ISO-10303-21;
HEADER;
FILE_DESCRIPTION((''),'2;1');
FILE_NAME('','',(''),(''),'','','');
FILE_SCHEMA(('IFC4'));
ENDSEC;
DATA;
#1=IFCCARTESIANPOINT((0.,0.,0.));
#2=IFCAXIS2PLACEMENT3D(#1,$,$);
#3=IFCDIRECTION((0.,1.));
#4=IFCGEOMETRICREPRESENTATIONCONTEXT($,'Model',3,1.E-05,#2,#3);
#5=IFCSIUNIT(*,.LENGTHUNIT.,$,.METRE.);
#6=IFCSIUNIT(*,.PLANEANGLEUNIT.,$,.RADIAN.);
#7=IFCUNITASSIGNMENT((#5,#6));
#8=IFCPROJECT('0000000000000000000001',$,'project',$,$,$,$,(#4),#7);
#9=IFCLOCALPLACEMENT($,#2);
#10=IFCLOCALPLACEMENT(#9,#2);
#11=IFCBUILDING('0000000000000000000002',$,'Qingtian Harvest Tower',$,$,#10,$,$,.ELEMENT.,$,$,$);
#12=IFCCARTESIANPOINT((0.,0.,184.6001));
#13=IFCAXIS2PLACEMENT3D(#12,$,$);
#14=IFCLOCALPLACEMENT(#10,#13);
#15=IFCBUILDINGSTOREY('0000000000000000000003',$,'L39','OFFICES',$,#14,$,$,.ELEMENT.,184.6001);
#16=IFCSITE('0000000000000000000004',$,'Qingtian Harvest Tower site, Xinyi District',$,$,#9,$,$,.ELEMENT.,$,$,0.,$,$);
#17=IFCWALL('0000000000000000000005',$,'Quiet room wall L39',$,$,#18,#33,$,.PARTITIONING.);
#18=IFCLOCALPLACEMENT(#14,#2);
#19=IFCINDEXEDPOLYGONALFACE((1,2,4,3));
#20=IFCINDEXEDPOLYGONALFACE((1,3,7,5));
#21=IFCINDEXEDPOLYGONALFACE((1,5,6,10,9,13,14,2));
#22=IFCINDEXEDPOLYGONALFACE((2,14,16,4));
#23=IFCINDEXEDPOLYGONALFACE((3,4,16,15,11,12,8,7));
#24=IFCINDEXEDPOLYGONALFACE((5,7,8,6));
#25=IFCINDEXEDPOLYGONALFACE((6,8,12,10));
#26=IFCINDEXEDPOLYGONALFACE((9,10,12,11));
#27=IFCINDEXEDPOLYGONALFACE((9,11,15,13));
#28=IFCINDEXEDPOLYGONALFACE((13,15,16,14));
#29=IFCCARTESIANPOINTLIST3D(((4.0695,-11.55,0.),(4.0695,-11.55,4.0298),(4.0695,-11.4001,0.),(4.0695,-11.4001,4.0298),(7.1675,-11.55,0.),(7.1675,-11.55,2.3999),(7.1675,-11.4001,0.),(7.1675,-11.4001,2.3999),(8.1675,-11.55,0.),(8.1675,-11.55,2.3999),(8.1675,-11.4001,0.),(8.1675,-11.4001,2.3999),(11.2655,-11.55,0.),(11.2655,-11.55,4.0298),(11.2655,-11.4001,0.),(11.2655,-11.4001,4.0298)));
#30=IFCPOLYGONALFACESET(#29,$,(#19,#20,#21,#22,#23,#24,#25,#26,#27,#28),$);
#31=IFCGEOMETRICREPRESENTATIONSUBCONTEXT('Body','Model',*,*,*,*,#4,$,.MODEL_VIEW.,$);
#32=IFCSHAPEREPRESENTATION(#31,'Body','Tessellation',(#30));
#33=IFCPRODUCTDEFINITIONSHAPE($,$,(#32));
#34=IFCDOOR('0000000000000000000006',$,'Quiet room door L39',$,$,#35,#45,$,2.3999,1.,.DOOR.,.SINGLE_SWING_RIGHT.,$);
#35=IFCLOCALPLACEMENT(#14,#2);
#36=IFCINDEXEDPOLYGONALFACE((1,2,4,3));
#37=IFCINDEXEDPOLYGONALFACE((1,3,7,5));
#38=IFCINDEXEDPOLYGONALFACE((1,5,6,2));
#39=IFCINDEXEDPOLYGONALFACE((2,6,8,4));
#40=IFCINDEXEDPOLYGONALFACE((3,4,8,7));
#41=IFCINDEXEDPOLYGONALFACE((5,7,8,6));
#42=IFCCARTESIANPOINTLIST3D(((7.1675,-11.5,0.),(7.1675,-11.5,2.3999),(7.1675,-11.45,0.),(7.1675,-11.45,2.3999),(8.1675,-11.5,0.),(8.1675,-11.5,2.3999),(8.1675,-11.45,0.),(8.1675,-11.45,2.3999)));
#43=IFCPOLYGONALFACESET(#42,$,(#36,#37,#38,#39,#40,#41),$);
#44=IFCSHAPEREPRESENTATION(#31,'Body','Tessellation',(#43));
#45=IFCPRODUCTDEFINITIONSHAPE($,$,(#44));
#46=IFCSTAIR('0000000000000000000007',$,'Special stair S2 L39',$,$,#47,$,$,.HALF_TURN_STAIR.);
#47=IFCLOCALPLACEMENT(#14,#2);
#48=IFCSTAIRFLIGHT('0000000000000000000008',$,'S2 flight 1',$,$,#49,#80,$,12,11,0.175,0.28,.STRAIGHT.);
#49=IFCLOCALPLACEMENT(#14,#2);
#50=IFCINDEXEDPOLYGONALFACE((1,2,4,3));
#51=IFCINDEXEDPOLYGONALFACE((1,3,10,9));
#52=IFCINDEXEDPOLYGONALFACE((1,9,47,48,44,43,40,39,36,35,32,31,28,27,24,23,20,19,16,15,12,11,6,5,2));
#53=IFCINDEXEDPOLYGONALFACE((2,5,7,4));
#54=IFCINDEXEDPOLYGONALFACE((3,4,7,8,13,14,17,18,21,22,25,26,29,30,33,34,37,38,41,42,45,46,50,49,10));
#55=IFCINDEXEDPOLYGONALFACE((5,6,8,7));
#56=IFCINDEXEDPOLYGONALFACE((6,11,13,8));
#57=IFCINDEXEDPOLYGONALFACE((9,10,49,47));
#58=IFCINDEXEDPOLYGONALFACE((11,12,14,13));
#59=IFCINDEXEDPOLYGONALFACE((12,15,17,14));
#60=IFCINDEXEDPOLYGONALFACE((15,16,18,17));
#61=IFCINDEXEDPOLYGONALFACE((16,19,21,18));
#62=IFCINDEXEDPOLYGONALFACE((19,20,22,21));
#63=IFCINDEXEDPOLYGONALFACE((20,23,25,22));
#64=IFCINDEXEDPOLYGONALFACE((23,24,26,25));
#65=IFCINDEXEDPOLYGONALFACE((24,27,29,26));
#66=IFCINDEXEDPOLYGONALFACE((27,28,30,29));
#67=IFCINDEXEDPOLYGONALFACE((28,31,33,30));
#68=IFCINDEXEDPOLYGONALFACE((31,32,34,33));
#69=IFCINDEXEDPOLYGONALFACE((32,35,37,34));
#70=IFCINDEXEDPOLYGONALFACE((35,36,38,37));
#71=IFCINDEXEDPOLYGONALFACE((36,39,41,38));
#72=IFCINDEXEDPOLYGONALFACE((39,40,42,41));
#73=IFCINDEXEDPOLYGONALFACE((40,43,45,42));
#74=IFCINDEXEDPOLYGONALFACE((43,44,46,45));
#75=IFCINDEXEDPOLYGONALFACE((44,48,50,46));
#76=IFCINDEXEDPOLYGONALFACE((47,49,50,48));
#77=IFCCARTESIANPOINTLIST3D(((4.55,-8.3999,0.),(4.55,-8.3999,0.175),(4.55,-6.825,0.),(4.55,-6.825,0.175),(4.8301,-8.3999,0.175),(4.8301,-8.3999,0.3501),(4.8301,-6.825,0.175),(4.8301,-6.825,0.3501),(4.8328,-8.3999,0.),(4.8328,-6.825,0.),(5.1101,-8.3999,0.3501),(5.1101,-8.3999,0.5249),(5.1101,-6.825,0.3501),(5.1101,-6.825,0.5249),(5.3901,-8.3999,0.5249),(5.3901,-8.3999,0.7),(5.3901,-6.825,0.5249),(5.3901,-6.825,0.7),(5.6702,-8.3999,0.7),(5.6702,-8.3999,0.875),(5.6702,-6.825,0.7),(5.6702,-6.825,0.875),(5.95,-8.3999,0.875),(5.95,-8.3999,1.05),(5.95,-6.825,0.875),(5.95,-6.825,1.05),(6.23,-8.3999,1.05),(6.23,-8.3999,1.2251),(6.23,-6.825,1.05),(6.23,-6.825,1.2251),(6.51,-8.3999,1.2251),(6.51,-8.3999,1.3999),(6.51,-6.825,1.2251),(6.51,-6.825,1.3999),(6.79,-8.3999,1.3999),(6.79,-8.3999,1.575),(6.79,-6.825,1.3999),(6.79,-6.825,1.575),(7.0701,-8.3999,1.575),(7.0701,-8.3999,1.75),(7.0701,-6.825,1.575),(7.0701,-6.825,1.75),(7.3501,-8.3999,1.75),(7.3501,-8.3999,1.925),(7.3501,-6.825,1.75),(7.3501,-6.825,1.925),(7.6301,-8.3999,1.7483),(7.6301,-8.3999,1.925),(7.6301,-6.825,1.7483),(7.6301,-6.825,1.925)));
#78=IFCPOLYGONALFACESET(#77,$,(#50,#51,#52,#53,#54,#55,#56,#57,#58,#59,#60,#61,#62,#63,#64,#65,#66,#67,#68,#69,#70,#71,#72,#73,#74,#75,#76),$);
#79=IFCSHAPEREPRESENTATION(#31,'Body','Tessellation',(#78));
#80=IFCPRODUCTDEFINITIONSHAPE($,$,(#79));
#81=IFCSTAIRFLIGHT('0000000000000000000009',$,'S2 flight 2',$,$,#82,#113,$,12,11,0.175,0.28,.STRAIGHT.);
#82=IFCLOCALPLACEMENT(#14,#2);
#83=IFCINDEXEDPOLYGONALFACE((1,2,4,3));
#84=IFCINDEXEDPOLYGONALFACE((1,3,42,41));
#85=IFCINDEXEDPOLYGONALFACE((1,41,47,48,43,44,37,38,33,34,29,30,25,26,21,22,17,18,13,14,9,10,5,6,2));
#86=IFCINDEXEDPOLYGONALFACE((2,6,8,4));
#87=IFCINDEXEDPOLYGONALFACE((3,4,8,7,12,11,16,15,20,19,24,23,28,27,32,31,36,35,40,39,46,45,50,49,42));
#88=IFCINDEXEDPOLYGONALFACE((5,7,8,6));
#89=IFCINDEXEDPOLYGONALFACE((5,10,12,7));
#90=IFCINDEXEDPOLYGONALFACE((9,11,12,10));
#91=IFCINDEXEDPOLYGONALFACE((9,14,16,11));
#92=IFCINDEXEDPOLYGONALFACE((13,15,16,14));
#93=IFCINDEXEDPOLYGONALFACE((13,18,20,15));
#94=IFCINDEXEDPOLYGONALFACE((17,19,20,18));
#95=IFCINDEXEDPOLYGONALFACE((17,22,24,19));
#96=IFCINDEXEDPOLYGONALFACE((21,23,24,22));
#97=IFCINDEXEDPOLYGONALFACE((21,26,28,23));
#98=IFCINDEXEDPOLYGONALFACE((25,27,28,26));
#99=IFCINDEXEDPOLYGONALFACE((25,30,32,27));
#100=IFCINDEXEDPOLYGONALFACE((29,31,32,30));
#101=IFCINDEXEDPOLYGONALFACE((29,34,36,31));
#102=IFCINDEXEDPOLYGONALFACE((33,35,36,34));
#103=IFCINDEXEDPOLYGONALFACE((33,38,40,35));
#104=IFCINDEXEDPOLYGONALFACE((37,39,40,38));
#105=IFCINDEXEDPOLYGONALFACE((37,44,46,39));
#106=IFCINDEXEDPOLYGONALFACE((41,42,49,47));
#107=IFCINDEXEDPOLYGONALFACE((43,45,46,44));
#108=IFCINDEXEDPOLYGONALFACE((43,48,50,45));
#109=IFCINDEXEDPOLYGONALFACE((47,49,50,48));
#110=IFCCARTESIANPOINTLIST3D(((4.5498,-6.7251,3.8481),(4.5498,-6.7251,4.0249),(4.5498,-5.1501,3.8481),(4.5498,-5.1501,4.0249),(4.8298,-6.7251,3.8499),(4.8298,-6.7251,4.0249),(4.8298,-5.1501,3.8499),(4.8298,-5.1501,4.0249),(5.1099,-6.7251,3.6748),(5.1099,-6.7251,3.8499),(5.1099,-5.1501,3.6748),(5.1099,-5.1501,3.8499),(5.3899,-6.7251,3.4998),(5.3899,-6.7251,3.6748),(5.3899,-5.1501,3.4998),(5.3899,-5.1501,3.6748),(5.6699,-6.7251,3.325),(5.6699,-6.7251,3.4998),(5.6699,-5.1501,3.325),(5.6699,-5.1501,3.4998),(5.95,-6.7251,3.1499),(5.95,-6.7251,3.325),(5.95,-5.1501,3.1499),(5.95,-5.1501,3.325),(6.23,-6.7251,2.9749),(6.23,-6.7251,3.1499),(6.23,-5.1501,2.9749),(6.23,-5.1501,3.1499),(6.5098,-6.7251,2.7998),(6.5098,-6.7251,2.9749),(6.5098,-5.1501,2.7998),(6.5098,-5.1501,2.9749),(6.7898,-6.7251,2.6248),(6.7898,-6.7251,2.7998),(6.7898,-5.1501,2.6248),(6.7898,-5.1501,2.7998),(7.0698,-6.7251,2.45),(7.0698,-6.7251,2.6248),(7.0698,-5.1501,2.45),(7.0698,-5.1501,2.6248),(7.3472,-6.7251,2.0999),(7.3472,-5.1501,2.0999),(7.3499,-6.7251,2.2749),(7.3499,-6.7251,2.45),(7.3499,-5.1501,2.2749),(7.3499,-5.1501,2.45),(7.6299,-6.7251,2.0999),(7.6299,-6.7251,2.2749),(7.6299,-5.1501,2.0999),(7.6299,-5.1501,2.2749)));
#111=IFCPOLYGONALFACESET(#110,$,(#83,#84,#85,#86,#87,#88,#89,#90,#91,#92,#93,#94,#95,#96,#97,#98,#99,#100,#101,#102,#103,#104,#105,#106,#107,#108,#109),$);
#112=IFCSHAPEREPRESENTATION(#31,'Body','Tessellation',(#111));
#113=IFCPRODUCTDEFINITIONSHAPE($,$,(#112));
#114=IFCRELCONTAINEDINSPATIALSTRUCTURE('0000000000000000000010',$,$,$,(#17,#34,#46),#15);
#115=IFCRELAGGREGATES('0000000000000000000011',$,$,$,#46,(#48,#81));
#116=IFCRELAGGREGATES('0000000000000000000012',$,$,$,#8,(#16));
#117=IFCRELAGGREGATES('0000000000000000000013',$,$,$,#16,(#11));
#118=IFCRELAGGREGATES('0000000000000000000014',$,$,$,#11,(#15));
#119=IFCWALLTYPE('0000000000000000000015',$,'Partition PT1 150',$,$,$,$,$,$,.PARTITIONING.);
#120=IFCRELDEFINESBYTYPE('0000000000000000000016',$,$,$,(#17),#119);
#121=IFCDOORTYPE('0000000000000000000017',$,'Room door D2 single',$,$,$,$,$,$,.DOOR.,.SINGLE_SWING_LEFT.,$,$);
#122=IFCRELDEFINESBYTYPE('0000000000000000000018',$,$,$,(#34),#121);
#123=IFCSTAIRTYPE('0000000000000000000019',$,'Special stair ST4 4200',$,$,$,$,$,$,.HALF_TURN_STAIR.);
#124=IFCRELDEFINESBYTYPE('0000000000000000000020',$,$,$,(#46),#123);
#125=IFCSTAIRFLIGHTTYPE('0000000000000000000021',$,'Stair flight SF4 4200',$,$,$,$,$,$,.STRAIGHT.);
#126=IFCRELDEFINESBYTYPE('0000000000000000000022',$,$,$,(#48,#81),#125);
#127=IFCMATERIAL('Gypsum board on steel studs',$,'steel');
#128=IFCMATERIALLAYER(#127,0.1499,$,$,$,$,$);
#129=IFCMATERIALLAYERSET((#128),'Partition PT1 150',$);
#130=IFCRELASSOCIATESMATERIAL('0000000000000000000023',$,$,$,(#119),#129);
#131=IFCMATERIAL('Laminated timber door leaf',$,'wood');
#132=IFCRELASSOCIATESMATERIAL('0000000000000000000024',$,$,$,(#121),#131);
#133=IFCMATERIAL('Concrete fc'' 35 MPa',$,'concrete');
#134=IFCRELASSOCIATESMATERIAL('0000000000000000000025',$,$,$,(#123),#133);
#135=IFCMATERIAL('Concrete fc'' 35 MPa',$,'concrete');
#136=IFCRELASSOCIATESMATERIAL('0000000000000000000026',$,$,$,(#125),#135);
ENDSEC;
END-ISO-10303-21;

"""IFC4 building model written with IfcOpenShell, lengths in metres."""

from ifc_helpers import new_model, si_unit, direction, frame, frame_2d, origin, place, context, subcontext, project, spatial, polyline, rectangle, outline, extrude, material, layer, layer_set, type_object, element, fill, aggregate, save


model = new_model("IFC4")

# Units and contexts
model_context = context("Model", 3, precision=1e-05, world=origin(), true_north=direction((0.0, 1.0)))
body_context = subcontext(model_context, "Body", "Model", "MODEL_VIEW")
ifc_project = project(units=[si_unit("LENGTHUNIT", "METRE"), si_unit("PLANEANGLEUNIT", "RADIAN")], contexts=[model_context])

# Site, building, storey
site_placement = place(None, origin())
site = spatial("IfcSite", under=ifc_project, at=site_placement, Name="Qingtian Harvest Tower site, Xinyi District", CompositionType="ELEMENT", RefElevation=0.0)
building_placement = place(site_placement, origin())
building = spatial("IfcBuilding", under=site, at=building_placement, Name="Qingtian Harvest Tower", CompositionType="ELEMENT")
storey_placement = place(building_placement, frame((0.0, 0.0, 184.6001)))
storey = spatial("IfcBuildingStorey", under=building, at=storey_placement, Name="L39", Description="OFFICES", CompositionType="ELEMENT", Elevation=184.6001)

# Wall, opening, door
ifc_material_1 = material(Name="Gypsum board on steel studs", Category="steel")
ifc_layer_1 = layer(ifc_material_1, 0.1499)
ifc_layer_set_1 = layer_set([ifc_layer_1], Name="Partition PT1 150")
wall_type_1 = type_object("IfcWallType", Name="Partition PT1 150", PredefinedType="PARTITIONING", material=ifc_layer_set_1)
wall_1_placement = place(storey_placement, frame((11.2656, -11.4751, 0.0), z_axis=(0.0, 0.0, 1.0), x_axis=(-1.0, 0.0, 0.0)))
wall_1 = element("IfcWall", 1, at=wall_1_placement, inside=storey, type_object=wall_type_1, Name="Quiet room wall L39", PredefinedType="PARTITIONING", context=body_context, shape_type="SweptSolid", body=[
    extrude(rectangle(XDim=7.196, YDim=0.1499, at=frame_2d((3.5981, 0.0))), origin(), (0.0, 0.0, 1.0), 4.0298),
])
opening_1_placement = place(wall_1_placement, frame((3.0981, 0.0, 0.0)))
opening_1 = element("IfcOpeningElement", 2, at=opening_1_placement, cuts=wall_1, PredefinedType="OPENING", context=body_context, shape_type="SweptSolid", body=[
    extrude(rectangle(XDim=1.0, YDim=2.3999, at=frame_2d((0.5, 1.2))), frame((0.0, 0.085, 0.0), z_axis=(0.0, -1.0, 0.0), x_axis=(1.0, 0.0, 0.0)), (0.0, 0.0, 1.0), 0.1699),
])
ifc_material_2 = material(Name="Laminated timber door leaf", Category="wood")
door_type_1 = type_object("IfcDoorType", Name="Room door D2 single", OperationType="SINGLE_SWING_LEFT", PredefinedType="DOOR", material=ifc_material_2)
door_1_placement = place(opening_1_placement, origin())
door_1 = element("IfcDoor", 3, at=door_1_placement, inside=storey, type_object=door_type_1, Name="Quiet room door L39", OperationType="SINGLE_SWING_RIGHT", OverallHeight=2.3999, OverallWidth=1.0, PredefinedType="DOOR", context=body_context, shape_type="SweptSolid", body=[
    extrude(rectangle(XDim=1.0, YDim=2.3999, at=frame_2d((0.5, 1.2))), frame((0.0, 0.0249, 0.0), z_axis=(0.0, -1.0, 0.0), x_axis=(1.0, 0.0, 0.0)), (0.0, 0.0, 1.0), 0.05),
])
fill(opening_1, door_1)

# Stair, stair flights
ifc_material_3 = material(Name="Concrete fc' 35 MPa", Category="concrete")
stair_type = type_object("IfcStairType", Name="Special stair ST4 4200", PredefinedType="HALF_TURN_STAIR", material=ifc_material_3)
stair_placement = place(storey_placement, origin())
stair = element("IfcStair", 4, at=stair_placement, inside=storey, type_object=stair_type, Name="Special stair S2 L39", PredefinedType="HALF_TURN_STAIR")
ifc_material_4 = material(Name="Concrete fc' 35 MPa", Category="concrete")
stair_flight_type = type_object("IfcStairFlightType", Name="Stair flight SF4 4200", PredefinedType="STRAIGHT", material=ifc_material_4)
stair_flight_1_placement = place(storey_placement, frame((4.55, -7.6125, 0.0), z_axis=(0.0, 0.0, 1.0), x_axis=(1.0, 0.0, 0.0)))
stair_flight_1 = element("IfcStairFlight", 5, at=stair_flight_1_placement, type_object=stair_flight_type, Name="S2 flight 1", NumberOfRisers=12, NumberOfTreads=11, PredefinedType="STRAIGHT", RiserHeight=0.175, TreadLength=0.28, context=body_context, shape_type="SweptSolid", body=[
    extrude(outline(polyline([(0.0, 0.0), (0.0, 0.175), (0.28, 0.175), (0.28, 0.3501), (0.5601, 0.3501), (0.5601, 0.5249), (0.8401, 0.5249), (0.8401, 0.7), (1.1201, 0.7), (1.1201, 0.875), (1.3999, 0.875), (1.3999, 1.05), (1.6799, 1.05), (1.6799, 1.2251), (1.96, 1.2251), (1.96, 1.3999), (2.24, 1.3999), (2.24, 1.575), (2.52, 1.575), (2.52, 1.75), (2.8, 1.75), (2.8, 1.925), (3.0801, 1.925), (3.0801, 2.1001), (3.0801, 1.7483), (0.2827, 0.0), (0.0, 0.0)])), frame((0.0, 0.7876, 0.0), z_axis=(0.0, -1.0, 0.0), x_axis=(1.0, 0.0, 0.0)), (0.0, 0.0, 1.0), 1.575),
])
stair_flight_2_placement = place(storey_placement, frame((7.6299, -5.9375, 2.0999), z_axis=(0.0, 0.0, 1.0), x_axis=(-1.0, 0.0, 0.0)))
stair_flight_2 = element("IfcStairFlight", 6, at=stair_flight_2_placement, type_object=stair_flight_type, Name="S2 flight 2", NumberOfRisers=12, NumberOfTreads=11, PredefinedType="STRAIGHT", RiserHeight=0.175, TreadLength=0.28, context=body_context, shape_type="SweptSolid", body=[
    extrude(outline(polyline([(0.0, 0.0), (0.0, 0.175), (0.28, 0.175), (0.28, 0.3501), (0.5601, 0.3501), (0.5601, 0.5249), (0.8401, 0.5249), (0.8401, 0.7), (1.1201, 0.7), (1.1201, 0.875), (1.3999, 0.875), (1.3999, 1.05), (1.6799, 1.05), (1.6799, 1.2251), (1.96, 1.2251), (1.96, 1.3999), (2.24, 1.3999), (2.24, 1.575), (2.52, 1.575), (2.52, 1.75), (2.8, 1.75), (2.8, 1.925), (3.0801, 1.925), (3.0801, 2.1001), (3.0801, 1.7483), (0.2827, 0.0), (0.0, 0.0)])), frame((0.0, 0.7876, 0.0), z_axis=(0.0, -1.0, 0.0), x_axis=(1.0, 0.0, 0.0)), (0.0, 0.0, 1.0), 1.575),
])
aggregate(stair, [stair_flight_1, stair_flight_2])

save(model, "model.ifc")
